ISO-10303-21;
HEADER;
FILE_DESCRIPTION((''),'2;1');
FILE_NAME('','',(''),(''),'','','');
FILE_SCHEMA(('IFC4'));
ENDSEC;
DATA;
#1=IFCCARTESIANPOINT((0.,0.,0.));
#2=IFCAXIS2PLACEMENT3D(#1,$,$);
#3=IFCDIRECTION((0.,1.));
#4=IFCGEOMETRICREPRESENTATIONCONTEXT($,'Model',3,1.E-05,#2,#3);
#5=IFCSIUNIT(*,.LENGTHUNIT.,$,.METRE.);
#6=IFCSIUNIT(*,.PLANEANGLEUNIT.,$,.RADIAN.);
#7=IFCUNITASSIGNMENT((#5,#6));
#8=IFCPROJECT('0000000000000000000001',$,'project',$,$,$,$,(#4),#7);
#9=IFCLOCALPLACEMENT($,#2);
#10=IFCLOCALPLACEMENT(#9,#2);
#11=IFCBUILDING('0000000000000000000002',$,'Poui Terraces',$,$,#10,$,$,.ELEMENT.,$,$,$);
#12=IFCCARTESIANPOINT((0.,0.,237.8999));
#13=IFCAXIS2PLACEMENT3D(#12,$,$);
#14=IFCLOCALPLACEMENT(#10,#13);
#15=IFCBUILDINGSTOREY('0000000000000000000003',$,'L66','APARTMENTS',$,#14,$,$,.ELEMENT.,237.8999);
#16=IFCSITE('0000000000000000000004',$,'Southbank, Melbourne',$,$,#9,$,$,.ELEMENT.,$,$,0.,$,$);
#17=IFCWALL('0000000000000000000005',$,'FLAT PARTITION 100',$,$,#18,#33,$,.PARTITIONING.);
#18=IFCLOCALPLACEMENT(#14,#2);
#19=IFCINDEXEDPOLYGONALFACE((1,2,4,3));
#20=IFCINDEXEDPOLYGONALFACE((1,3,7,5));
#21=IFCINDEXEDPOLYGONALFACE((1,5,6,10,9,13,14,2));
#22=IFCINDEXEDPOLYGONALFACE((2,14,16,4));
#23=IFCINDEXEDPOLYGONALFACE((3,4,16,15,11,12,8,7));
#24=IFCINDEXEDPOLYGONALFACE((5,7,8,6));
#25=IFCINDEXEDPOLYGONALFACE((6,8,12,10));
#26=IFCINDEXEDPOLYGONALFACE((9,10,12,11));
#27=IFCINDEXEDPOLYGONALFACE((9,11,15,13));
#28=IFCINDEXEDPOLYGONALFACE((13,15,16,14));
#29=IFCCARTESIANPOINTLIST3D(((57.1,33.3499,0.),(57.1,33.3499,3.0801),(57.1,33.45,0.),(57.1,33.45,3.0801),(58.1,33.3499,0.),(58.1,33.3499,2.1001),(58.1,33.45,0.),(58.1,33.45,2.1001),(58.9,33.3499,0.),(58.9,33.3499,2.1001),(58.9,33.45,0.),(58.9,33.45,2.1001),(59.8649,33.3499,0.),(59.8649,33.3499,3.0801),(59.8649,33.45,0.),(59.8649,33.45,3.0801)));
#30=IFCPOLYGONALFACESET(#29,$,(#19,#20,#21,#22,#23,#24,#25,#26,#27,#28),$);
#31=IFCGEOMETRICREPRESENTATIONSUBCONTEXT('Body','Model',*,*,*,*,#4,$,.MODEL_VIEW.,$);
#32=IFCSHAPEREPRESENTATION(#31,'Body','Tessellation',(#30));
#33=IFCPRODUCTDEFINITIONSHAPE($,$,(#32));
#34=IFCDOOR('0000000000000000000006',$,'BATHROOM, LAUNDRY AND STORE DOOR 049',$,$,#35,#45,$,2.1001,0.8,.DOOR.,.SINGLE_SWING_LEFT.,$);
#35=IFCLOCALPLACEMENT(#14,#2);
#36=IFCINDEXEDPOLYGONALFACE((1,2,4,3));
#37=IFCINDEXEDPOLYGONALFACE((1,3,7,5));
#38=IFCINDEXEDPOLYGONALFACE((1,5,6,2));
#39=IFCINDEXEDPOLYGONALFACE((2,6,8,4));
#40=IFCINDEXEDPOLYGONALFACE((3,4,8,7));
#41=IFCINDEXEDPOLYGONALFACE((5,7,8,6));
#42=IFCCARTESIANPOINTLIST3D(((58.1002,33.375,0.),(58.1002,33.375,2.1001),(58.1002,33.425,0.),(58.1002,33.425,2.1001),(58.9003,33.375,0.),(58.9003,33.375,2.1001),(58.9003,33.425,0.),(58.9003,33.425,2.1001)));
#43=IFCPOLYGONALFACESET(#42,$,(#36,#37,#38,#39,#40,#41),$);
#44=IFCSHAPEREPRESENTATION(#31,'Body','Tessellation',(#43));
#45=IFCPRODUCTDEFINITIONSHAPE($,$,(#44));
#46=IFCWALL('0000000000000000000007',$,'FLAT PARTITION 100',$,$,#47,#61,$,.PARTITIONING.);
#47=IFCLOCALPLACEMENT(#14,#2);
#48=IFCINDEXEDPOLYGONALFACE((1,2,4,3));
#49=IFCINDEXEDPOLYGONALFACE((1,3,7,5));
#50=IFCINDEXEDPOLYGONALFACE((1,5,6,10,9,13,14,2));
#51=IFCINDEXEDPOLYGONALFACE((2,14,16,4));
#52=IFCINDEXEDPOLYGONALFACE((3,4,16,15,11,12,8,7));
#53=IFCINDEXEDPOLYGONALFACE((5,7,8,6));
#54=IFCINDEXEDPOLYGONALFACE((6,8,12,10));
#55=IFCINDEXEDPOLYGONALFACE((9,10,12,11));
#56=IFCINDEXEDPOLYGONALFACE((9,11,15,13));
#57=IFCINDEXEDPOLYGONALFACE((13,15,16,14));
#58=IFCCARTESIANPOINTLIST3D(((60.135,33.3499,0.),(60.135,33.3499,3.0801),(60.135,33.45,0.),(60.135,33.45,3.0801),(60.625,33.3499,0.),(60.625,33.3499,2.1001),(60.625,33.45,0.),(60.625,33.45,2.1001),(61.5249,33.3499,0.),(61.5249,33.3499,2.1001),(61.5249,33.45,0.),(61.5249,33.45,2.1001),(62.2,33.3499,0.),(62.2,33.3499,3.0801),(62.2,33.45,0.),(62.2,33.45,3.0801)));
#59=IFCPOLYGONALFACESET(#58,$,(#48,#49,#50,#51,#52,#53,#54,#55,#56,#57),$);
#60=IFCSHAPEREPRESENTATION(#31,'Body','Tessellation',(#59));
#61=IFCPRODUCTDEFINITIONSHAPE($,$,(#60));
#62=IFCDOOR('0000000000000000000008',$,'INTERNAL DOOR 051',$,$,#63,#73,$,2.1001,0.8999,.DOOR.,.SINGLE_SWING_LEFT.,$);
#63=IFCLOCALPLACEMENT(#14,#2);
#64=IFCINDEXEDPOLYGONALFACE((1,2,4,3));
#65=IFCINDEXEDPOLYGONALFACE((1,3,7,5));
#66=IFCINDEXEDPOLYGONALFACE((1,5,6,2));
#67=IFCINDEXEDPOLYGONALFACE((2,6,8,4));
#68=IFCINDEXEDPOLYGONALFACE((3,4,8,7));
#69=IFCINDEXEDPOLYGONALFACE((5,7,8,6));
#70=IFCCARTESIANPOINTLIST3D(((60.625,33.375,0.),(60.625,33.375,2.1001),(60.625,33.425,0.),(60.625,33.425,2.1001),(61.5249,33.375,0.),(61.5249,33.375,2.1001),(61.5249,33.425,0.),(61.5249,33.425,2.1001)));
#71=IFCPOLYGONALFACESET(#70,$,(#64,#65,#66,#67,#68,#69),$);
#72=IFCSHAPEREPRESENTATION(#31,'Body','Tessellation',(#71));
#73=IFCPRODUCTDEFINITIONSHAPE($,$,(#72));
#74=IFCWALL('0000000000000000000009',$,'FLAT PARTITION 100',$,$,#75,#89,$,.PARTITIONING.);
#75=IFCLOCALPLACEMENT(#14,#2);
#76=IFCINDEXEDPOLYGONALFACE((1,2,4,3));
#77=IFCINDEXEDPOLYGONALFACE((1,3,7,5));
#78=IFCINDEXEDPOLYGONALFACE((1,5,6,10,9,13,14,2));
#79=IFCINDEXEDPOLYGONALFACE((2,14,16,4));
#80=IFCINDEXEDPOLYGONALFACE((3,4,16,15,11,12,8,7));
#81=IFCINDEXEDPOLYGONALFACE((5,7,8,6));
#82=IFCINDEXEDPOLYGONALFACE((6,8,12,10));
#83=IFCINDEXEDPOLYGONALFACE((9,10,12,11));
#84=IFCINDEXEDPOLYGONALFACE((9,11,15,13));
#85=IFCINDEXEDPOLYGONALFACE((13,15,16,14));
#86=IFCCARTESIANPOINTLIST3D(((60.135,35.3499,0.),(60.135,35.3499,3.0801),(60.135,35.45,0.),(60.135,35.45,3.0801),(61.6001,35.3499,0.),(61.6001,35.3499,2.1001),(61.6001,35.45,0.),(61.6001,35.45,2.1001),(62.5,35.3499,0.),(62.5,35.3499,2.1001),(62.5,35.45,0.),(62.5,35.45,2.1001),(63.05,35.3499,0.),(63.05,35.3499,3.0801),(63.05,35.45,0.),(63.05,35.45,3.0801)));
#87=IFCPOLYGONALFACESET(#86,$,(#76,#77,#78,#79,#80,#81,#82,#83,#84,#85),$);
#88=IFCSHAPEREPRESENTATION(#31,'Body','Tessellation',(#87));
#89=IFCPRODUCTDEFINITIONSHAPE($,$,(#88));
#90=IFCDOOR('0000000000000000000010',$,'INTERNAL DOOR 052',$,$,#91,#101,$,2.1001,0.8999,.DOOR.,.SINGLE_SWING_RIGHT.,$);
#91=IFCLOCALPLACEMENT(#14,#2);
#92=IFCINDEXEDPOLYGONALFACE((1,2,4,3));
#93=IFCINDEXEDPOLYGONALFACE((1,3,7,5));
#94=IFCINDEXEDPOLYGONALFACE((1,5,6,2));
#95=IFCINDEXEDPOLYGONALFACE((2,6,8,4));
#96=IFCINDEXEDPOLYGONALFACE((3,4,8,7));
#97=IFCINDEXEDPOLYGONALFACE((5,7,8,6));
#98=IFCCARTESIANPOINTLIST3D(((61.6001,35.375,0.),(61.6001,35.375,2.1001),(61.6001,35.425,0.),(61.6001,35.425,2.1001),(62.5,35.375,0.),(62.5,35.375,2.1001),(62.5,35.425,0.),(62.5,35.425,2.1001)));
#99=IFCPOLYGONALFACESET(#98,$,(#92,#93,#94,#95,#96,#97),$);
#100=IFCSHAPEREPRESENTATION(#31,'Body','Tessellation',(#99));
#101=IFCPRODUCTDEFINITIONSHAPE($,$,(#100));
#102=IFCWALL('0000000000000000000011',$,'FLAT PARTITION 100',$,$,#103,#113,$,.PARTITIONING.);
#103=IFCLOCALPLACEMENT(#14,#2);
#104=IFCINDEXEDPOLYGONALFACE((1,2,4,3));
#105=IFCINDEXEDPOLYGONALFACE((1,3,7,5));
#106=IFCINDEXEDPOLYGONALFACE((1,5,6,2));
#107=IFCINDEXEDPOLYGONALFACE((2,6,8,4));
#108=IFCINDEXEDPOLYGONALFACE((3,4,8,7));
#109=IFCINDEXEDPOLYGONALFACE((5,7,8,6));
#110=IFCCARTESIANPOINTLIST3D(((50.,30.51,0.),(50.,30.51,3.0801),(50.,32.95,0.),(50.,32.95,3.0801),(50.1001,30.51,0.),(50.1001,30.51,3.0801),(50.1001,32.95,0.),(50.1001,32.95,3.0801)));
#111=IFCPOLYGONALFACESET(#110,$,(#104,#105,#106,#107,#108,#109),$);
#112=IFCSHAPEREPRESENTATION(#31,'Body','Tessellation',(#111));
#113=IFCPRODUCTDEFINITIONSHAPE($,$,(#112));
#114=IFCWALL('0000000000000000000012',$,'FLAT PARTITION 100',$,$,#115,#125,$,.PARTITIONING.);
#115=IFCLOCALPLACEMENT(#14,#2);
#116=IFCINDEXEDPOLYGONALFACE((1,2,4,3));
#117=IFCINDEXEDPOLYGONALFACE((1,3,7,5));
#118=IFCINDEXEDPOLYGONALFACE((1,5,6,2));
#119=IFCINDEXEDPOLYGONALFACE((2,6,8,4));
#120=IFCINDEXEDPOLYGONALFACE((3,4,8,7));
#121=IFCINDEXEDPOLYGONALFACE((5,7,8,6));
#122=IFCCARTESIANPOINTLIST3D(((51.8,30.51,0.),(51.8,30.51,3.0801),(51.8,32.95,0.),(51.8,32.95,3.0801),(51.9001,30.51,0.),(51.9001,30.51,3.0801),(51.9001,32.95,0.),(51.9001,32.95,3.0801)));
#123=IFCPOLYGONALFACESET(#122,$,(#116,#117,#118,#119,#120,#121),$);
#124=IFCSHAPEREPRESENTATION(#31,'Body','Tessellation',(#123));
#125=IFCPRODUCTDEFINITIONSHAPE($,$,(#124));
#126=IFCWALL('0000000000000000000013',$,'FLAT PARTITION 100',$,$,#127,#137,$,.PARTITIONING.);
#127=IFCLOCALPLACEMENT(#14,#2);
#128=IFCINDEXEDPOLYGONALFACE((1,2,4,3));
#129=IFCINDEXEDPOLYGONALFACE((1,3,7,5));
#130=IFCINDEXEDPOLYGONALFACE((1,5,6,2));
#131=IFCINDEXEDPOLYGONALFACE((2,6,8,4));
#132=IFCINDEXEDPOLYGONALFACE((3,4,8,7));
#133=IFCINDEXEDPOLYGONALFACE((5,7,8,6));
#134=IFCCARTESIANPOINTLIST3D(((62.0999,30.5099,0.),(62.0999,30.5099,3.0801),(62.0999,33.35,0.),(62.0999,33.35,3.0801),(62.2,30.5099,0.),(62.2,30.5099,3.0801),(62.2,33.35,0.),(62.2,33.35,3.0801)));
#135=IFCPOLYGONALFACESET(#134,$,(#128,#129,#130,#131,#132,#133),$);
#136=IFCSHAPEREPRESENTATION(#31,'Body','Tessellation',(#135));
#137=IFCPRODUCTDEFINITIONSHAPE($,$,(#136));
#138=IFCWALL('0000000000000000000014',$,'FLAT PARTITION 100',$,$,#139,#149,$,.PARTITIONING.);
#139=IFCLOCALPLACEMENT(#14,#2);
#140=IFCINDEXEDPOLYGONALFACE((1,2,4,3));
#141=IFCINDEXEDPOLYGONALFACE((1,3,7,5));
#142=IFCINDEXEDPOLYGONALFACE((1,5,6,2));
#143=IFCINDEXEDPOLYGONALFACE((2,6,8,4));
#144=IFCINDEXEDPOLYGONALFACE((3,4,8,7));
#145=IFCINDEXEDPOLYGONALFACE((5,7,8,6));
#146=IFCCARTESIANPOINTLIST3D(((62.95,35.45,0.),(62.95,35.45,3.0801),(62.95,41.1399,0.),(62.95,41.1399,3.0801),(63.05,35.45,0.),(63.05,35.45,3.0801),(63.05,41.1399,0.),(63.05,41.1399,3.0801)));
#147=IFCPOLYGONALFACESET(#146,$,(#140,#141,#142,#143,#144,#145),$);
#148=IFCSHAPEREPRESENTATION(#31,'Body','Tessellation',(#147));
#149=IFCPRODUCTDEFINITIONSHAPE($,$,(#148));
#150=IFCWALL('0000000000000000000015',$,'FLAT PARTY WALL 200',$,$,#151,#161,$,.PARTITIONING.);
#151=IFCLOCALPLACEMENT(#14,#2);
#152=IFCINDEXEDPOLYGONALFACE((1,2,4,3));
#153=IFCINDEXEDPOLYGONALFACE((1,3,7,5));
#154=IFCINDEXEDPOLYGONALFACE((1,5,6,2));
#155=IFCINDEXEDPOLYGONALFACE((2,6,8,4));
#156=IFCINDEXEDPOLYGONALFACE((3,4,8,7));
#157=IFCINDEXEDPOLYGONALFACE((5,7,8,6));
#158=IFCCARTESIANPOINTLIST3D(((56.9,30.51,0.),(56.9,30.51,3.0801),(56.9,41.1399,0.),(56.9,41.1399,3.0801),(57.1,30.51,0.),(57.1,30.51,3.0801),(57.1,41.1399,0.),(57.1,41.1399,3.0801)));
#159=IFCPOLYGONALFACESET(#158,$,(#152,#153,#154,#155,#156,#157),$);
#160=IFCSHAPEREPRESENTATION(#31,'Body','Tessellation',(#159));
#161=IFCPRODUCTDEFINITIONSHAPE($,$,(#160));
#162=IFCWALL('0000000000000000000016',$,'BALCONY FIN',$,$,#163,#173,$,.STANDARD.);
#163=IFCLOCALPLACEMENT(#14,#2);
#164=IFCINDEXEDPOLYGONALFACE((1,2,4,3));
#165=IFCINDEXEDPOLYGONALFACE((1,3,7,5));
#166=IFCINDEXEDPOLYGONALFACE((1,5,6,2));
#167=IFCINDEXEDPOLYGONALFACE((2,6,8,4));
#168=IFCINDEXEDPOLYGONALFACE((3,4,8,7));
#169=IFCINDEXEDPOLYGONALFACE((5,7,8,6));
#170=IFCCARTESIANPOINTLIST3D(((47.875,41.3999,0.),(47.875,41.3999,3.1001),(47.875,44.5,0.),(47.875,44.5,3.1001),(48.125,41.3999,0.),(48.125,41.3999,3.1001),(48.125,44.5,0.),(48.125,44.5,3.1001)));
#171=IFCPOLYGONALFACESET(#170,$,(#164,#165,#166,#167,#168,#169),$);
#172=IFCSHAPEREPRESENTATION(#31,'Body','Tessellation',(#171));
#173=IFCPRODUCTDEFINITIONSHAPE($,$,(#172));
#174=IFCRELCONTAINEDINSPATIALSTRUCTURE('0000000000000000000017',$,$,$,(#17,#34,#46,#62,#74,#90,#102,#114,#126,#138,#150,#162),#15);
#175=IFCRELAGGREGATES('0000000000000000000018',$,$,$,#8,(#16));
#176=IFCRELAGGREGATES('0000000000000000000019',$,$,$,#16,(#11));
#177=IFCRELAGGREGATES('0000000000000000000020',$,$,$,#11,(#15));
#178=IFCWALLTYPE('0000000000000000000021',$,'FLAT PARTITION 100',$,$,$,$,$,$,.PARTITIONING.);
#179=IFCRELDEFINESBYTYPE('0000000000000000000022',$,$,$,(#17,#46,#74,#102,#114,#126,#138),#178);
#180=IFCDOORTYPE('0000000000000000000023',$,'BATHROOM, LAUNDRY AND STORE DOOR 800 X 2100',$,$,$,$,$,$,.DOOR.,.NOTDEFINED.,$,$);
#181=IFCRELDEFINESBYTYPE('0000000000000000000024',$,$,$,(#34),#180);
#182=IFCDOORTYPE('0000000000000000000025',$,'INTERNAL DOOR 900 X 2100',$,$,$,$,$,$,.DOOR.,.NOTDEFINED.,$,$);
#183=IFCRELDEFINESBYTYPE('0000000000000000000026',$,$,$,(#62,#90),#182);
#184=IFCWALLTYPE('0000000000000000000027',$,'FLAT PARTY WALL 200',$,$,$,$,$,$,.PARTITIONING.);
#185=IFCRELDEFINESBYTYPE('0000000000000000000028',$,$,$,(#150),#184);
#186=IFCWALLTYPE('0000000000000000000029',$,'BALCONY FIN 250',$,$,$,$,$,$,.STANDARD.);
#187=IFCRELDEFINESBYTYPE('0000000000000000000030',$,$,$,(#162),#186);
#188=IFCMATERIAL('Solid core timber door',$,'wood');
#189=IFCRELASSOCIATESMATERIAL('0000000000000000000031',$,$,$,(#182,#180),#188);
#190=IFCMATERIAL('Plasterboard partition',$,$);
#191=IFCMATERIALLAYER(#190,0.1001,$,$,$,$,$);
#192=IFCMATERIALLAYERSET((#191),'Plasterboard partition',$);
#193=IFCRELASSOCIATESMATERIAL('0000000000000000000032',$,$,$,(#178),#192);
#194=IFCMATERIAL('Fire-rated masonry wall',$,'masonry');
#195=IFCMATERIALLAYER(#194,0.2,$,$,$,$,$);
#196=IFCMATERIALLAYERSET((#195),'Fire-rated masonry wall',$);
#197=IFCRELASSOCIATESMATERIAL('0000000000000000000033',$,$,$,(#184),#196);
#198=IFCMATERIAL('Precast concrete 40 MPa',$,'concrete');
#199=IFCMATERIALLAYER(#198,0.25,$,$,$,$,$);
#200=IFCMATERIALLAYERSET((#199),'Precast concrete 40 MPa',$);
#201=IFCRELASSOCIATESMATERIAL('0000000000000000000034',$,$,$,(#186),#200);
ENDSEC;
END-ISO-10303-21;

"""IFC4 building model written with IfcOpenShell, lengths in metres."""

from ifc_helpers import new_model, si_unit, direction, frame, frame_2d, origin, place, context, subcontext, project, spatial, polyline, rectangle, outline, extrude, source, transform, mapped, material, layer, layer_set, type_object, element, fill, save


model = new_model("IFC4")

# Units and contexts
model_context = context("Model", 3, precision=1e-05, world=origin(), true_north=direction((0.0, 1.0)))
body_context = subcontext(model_context, "Body", "Model", "MODEL_VIEW")
ifc_project = project(units=[si_unit("LENGTHUNIT", "METRE"), si_unit("PLANEANGLEUNIT", "RADIAN")], contexts=[model_context])

# Site, building, storey
site_placement = place(None, origin())
site = spatial("IfcSite", under=ifc_project, at=site_placement, Name="Southbank, Melbourne", CompositionType="ELEMENT", RefElevation=0.0)
building_placement = place(site_placement, origin())
building = spatial("IfcBuilding", under=site, at=building_placement, Name="Poui Terraces", CompositionType="ELEMENT")
storey_placement = place(building_placement, frame((0.0, 0.0, 237.8999)))
storey = spatial("IfcBuildingStorey", under=building, at=storey_placement, Name="L66", Description="APARTMENTS", CompositionType="ELEMENT", Elevation=237.8999)

# Walls, openings, doors
ifc_material_1 = material(Name="Solid core timber door", Category="wood")
door_type_1 = type_object("IfcDoorType", Name="INTERNAL DOOR 900 X 2100", OperationType="NOTDEFINED", PredefinedType="DOOR", material=ifc_material_1)
ifc_material_2 = material(Name="Plasterboard partition")
ifc_layer_1 = layer(ifc_material_2, 0.1001)
ifc_layer_set_1 = layer_set([ifc_layer_1], Name="Plasterboard partition")
wall_type_1 = type_object("IfcWallType", Name="FLAT PARTITION 100", PredefinedType="PARTITIONING", material=ifc_layer_set_1)
door_type_2 = type_object("IfcDoorType", Name="BATHROOM, LAUNDRY AND STORE DOOR 800 X 2100", OperationType="NOTDEFINED", PredefinedType="DOOR", material=ifc_material_1)
wall_1_placement = place(storey_placement, frame((57.1001, 33.3999, 0.0), z_axis=(0.0, 0.0, 1.0), x_axis=(1.0, 0.0, 0.0)))
wall_1 = element("IfcWall", 1, at=wall_1_placement, inside=storey, type_object=wall_type_1, Name="FLAT PARTITION 100", PredefinedType="PARTITIONING", context=body_context, shape_type="SweptSolid", body=[
    extrude(rectangle(XDim=2.7649, YDim=0.1001, at=frame_2d((1.3823, 0.0))), origin(), (0.0, 0.0, 1.0), 3.0801),
])
opening_1_placement = place(wall_1_placement, frame((1.0, 0.0, 0.0)))
opening_1 = element("IfcOpeningElement", 2, at=opening_1_placement, cuts=wall_1, PredefinedType="OPENING", context=body_context, shape_type="SweptSolid", body=[
    extrude(rectangle(XDim=0.8, YDim=2.1001, at=frame_2d((0.3999, 1.05))), frame((0.0, 0.0601, 0.0), z_axis=(0.0, -1.0, 0.0), x_axis=(1.0, 0.0, 0.0)), (0.0, 0.0, 1.0), 0.1201),
])
door_1_placement = place(opening_1_placement, frame((0.8, 0.0, 0.0), z_axis=(0.0, 0.0, 1.0), x_axis=(-1.0, 0.0, 0.0)))
door_1 = element("IfcDoor", 3, at=door_1_placement, inside=storey, type_object=door_type_2, Name="BATHROOM, LAUNDRY AND STORE DOOR 049", OperationType="SINGLE_SWING_LEFT", OverallHeight=2.1001, OverallWidth=0.8, PredefinedType="DOOR", context=body_context, shape_type="SweptSolid", body=[
    extrude(rectangle(XDim=0.8, YDim=2.1001, at=frame_2d((0.3999, 1.05))), frame((0.0, 0.0249, 0.0), z_axis=(0.0, -1.0, 0.0), x_axis=(1.0, 0.0, 0.0)), (0.0, 0.0, 1.0), 0.05),
])
fill(opening_1, door_1)
wall_2_placement = place(storey_placement, frame((60.135, 33.3999, 0.0), z_axis=(0.0, 0.0, 1.0), x_axis=(1.0, 0.0, 0.0)))
wall_2 = element("IfcWall", 4, at=wall_2_placement, inside=storey, type_object=wall_type_1, Name="FLAT PARTITION 100", PredefinedType="PARTITIONING", context=body_context, shape_type="SweptSolid", body=[
    extrude(rectangle(XDim=2.0649, YDim=0.1001, at=frame_2d((1.0325, 0.0))), origin(), (0.0, 0.0, 1.0), 3.0801),
])
opening_2_placement = place(wall_2_placement, frame((0.49, 0.0, 0.0)))
opening_2 = element("IfcOpeningElement", 5, at=opening_2_placement, cuts=wall_2, PredefinedType="OPENING", context=body_context, shape_type="SweptSolid", body=[
    extrude(rectangle(XDim=0.8999, YDim=2.1001, at=frame_2d((0.45, 1.05))), frame((0.0, 0.0601, 0.0), z_axis=(0.0, -1.0, 0.0), x_axis=(1.0, 0.0, 0.0)), (0.0, 0.0, 1.0), 0.1201),
])
door_2_placement = place(opening_2_placement, frame((0.8999, 0.0, 0.0), z_axis=(0.0, 0.0, 1.0), x_axis=(-1.0, 0.0, 0.0)))
door_2 = element("IfcDoor", 6, at=door_2_placement, inside=storey, type_object=door_type_1, Name="INTERNAL DOOR 051", OperationType="SINGLE_SWING_LEFT", OverallHeight=2.1001, OverallWidth=0.8999, PredefinedType="DOOR", context=body_context, shape_type="SweptSolid", body=[
    extrude(rectangle(XDim=0.8999, YDim=2.1001, at=frame_2d((0.45, 1.05))), frame((0.0, 0.0249, 0.0), z_axis=(0.0, -1.0, 0.0), x_axis=(1.0, 0.0, 0.0)), (0.0, 0.0, 1.0), 0.05),
])
fill(opening_2, door_2)
wall_3_placement = place(storey_placement, frame((60.135, 35.3999, 0.0), z_axis=(0.0, 0.0, 1.0), x_axis=(1.0, 0.0, 0.0)))
wall_3 = element("IfcWall", 7, at=wall_3_placement, inside=storey, type_object=wall_type_1, Name="FLAT PARTITION 100", PredefinedType="PARTITIONING", context=body_context, shape_type="SweptSolid", body=[
    extrude(rectangle(XDim=2.915, YDim=0.1001, at=frame_2d((1.4575, 0.0))), origin(), (0.0, 0.0, 1.0), 3.0801),
])
opening_3_placement = place(wall_3_placement, frame((1.4651, 0.0, 0.0)))
opening_3 = element("IfcOpeningElement", 8, at=opening_3_placement, cuts=wall_3, PredefinedType="OPENING", context=body_context, shape_type="SweptSolid", body=[
    extrude(rectangle(XDim=0.8999, YDim=2.1001, at=frame_2d((0.45, 1.05))), frame((0.0, 0.0601, 0.0), z_axis=(0.0, -1.0, 0.0), x_axis=(1.0, 0.0, 0.0)), (0.0, 0.0, 1.0), 0.1201),
])
door_3_placement = place(opening_3_placement, frame((0.8999, 0.0, 0.0), z_axis=(0.0, 0.0, 1.0), x_axis=(-1.0, 0.0, 0.0)))
door_3 = element("IfcDoor", 9, at=door_3_placement, inside=storey, type_object=door_type_1, Name="INTERNAL DOOR 052", OperationType="SINGLE_SWING_RIGHT", OverallHeight=2.1001, OverallWidth=0.8999, PredefinedType="DOOR", context=body_context, shape_type="SweptSolid", body=[
    extrude(rectangle(XDim=0.8999, YDim=2.1001, at=frame_2d((0.45, 1.05))), frame((0.0, 0.0249, 0.0), z_axis=(0.0, -1.0, 0.0), x_axis=(1.0, 0.0, 0.0)), (0.0, 0.0, 1.0), 0.05),
])
fill(opening_3, door_3)

# Walls
for number, where, z_axis, x_axis, name in (
    (10, (50.05, 30.51, 0.0), (0.0, 0.0, 1.0), (0.0, 1.0, 0.0), "FLAT PARTITION 100"),
    (11, (51.8501, 30.51, 0.0), (0.0, 0.0, 1.0), (0.0, 1.0, 0.0), "FLAT PARTITION 100"),
):
    element("IfcWall", number, at=place(storey_placement, frame(where, z_axis=z_axis, x_axis=x_axis)), inside=storey, type_object=wall_type_1, Name=name, PredefinedType="PARTITIONING", context=body_context, shape_type="SweptSolid", body=[
        extrude(rectangle(XDim=2.4399, YDim=0.1001, at=frame_2d((1.22, 0.0))), origin(), (0.0, 0.0, 1.0), 3.0801),
    ])
wall_4_placement = place(storey_placement, frame((62.1499, 30.51, 0.0), z_axis=(0.0, 0.0, 1.0), x_axis=(0.0, 1.0, 0.0)))
element("IfcWall", 12, at=wall_4_placement, inside=storey, type_object=wall_type_1, Name="FLAT PARTITION 100", PredefinedType="PARTITIONING", context=body_context, shape_type="SweptSolid", body=[
    extrude(rectangle(XDim=2.8401, YDim=0.1001, at=frame_2d((1.4199, 0.0))), origin(), (0.0, 0.0, 1.0), 3.0801),
])
wall_5_placement = place(storey_placement, frame((63.0, 35.45, 0.0), z_axis=(0.0, 0.0, 1.0), x_axis=(0.0, 1.0, 0.0)))
element("IfcWall", 13, at=wall_5_placement, inside=storey, type_object=wall_type_1, Name="FLAT PARTITION 100", PredefinedType="PARTITIONING", context=body_context, shape_type="SweptSolid", body=[
    extrude(rectangle(XDim=5.6899, YDim=0.1001, at=frame_2d((2.845, 0.0))), origin(), (0.0, 0.0, 1.0), 3.0801),
])
ifc_material_3 = material(Name="Fire-rated masonry wall", Category="masonry")
ifc_layer_2 = layer(ifc_material_3, 0.2)
ifc_layer_set_2 = layer_set([ifc_layer_2], Name="Fire-rated masonry wall")
wall_type_2 = type_object("IfcWallType", Name="FLAT PARTY WALL 200", PredefinedType="PARTITIONING", material=ifc_layer_set_2)
wall_6_placement = place(storey_placement, frame((57.0, 30.51, 0.0), z_axis=(0.0, 0.0, 1.0), x_axis=(0.0, 1.0, 0.0)))
element("IfcWall", 14, at=wall_6_placement, inside=storey, type_object=wall_type_2, Name="FLAT PARTY WALL 200", PredefinedType="PARTITIONING", context=body_context, shape_type="SweptSolid", body=[
    extrude(rectangle(XDim=10.6299, YDim=0.2, at=frame_2d((5.3149, 0.0))), origin(), (0.0, 0.0, 1.0), 3.0801),
])
ifc_material_4 = material(Name="Precast concrete 40 MPa", Category="concrete")
ifc_layer_3 = layer(ifc_material_4, 0.25)
ifc_layer_set_3 = layer_set([ifc_layer_3], Name="Precast concrete 40 MPa")
wall_type_3 = type_object("IfcWallType", Name="BALCONY FIN 250", PredefinedType="STANDARD", material=ifc_layer_set_3)
shared_shape_1 = source(origin(), body_context, "Body", "SweptSolid", [
    extrude(outline(polyline([(0.0, 0.0), (0.25, 0.0), (0.25, 3.1001), (0.0, 3.1001), (0.0, 0.0)])), origin(), (0.0, 0.0, 1.0), 3.1001),
])
for number, where, name in (
    (15, (47.875, 41.3999, 0.0), "BALCONY FIN"),
):
    element("IfcWall", number, at=place(storey_placement, frame(where)), inside=storey, type_object=wall_type_3, Name=name, PredefinedType="STANDARD", context=body_context, shape_type="MappedRepresentation", body=[
        mapped(shared_shape_1, transform((0.0, 0.0, 0.0))),
    ])

save(model, "model.ifc")
